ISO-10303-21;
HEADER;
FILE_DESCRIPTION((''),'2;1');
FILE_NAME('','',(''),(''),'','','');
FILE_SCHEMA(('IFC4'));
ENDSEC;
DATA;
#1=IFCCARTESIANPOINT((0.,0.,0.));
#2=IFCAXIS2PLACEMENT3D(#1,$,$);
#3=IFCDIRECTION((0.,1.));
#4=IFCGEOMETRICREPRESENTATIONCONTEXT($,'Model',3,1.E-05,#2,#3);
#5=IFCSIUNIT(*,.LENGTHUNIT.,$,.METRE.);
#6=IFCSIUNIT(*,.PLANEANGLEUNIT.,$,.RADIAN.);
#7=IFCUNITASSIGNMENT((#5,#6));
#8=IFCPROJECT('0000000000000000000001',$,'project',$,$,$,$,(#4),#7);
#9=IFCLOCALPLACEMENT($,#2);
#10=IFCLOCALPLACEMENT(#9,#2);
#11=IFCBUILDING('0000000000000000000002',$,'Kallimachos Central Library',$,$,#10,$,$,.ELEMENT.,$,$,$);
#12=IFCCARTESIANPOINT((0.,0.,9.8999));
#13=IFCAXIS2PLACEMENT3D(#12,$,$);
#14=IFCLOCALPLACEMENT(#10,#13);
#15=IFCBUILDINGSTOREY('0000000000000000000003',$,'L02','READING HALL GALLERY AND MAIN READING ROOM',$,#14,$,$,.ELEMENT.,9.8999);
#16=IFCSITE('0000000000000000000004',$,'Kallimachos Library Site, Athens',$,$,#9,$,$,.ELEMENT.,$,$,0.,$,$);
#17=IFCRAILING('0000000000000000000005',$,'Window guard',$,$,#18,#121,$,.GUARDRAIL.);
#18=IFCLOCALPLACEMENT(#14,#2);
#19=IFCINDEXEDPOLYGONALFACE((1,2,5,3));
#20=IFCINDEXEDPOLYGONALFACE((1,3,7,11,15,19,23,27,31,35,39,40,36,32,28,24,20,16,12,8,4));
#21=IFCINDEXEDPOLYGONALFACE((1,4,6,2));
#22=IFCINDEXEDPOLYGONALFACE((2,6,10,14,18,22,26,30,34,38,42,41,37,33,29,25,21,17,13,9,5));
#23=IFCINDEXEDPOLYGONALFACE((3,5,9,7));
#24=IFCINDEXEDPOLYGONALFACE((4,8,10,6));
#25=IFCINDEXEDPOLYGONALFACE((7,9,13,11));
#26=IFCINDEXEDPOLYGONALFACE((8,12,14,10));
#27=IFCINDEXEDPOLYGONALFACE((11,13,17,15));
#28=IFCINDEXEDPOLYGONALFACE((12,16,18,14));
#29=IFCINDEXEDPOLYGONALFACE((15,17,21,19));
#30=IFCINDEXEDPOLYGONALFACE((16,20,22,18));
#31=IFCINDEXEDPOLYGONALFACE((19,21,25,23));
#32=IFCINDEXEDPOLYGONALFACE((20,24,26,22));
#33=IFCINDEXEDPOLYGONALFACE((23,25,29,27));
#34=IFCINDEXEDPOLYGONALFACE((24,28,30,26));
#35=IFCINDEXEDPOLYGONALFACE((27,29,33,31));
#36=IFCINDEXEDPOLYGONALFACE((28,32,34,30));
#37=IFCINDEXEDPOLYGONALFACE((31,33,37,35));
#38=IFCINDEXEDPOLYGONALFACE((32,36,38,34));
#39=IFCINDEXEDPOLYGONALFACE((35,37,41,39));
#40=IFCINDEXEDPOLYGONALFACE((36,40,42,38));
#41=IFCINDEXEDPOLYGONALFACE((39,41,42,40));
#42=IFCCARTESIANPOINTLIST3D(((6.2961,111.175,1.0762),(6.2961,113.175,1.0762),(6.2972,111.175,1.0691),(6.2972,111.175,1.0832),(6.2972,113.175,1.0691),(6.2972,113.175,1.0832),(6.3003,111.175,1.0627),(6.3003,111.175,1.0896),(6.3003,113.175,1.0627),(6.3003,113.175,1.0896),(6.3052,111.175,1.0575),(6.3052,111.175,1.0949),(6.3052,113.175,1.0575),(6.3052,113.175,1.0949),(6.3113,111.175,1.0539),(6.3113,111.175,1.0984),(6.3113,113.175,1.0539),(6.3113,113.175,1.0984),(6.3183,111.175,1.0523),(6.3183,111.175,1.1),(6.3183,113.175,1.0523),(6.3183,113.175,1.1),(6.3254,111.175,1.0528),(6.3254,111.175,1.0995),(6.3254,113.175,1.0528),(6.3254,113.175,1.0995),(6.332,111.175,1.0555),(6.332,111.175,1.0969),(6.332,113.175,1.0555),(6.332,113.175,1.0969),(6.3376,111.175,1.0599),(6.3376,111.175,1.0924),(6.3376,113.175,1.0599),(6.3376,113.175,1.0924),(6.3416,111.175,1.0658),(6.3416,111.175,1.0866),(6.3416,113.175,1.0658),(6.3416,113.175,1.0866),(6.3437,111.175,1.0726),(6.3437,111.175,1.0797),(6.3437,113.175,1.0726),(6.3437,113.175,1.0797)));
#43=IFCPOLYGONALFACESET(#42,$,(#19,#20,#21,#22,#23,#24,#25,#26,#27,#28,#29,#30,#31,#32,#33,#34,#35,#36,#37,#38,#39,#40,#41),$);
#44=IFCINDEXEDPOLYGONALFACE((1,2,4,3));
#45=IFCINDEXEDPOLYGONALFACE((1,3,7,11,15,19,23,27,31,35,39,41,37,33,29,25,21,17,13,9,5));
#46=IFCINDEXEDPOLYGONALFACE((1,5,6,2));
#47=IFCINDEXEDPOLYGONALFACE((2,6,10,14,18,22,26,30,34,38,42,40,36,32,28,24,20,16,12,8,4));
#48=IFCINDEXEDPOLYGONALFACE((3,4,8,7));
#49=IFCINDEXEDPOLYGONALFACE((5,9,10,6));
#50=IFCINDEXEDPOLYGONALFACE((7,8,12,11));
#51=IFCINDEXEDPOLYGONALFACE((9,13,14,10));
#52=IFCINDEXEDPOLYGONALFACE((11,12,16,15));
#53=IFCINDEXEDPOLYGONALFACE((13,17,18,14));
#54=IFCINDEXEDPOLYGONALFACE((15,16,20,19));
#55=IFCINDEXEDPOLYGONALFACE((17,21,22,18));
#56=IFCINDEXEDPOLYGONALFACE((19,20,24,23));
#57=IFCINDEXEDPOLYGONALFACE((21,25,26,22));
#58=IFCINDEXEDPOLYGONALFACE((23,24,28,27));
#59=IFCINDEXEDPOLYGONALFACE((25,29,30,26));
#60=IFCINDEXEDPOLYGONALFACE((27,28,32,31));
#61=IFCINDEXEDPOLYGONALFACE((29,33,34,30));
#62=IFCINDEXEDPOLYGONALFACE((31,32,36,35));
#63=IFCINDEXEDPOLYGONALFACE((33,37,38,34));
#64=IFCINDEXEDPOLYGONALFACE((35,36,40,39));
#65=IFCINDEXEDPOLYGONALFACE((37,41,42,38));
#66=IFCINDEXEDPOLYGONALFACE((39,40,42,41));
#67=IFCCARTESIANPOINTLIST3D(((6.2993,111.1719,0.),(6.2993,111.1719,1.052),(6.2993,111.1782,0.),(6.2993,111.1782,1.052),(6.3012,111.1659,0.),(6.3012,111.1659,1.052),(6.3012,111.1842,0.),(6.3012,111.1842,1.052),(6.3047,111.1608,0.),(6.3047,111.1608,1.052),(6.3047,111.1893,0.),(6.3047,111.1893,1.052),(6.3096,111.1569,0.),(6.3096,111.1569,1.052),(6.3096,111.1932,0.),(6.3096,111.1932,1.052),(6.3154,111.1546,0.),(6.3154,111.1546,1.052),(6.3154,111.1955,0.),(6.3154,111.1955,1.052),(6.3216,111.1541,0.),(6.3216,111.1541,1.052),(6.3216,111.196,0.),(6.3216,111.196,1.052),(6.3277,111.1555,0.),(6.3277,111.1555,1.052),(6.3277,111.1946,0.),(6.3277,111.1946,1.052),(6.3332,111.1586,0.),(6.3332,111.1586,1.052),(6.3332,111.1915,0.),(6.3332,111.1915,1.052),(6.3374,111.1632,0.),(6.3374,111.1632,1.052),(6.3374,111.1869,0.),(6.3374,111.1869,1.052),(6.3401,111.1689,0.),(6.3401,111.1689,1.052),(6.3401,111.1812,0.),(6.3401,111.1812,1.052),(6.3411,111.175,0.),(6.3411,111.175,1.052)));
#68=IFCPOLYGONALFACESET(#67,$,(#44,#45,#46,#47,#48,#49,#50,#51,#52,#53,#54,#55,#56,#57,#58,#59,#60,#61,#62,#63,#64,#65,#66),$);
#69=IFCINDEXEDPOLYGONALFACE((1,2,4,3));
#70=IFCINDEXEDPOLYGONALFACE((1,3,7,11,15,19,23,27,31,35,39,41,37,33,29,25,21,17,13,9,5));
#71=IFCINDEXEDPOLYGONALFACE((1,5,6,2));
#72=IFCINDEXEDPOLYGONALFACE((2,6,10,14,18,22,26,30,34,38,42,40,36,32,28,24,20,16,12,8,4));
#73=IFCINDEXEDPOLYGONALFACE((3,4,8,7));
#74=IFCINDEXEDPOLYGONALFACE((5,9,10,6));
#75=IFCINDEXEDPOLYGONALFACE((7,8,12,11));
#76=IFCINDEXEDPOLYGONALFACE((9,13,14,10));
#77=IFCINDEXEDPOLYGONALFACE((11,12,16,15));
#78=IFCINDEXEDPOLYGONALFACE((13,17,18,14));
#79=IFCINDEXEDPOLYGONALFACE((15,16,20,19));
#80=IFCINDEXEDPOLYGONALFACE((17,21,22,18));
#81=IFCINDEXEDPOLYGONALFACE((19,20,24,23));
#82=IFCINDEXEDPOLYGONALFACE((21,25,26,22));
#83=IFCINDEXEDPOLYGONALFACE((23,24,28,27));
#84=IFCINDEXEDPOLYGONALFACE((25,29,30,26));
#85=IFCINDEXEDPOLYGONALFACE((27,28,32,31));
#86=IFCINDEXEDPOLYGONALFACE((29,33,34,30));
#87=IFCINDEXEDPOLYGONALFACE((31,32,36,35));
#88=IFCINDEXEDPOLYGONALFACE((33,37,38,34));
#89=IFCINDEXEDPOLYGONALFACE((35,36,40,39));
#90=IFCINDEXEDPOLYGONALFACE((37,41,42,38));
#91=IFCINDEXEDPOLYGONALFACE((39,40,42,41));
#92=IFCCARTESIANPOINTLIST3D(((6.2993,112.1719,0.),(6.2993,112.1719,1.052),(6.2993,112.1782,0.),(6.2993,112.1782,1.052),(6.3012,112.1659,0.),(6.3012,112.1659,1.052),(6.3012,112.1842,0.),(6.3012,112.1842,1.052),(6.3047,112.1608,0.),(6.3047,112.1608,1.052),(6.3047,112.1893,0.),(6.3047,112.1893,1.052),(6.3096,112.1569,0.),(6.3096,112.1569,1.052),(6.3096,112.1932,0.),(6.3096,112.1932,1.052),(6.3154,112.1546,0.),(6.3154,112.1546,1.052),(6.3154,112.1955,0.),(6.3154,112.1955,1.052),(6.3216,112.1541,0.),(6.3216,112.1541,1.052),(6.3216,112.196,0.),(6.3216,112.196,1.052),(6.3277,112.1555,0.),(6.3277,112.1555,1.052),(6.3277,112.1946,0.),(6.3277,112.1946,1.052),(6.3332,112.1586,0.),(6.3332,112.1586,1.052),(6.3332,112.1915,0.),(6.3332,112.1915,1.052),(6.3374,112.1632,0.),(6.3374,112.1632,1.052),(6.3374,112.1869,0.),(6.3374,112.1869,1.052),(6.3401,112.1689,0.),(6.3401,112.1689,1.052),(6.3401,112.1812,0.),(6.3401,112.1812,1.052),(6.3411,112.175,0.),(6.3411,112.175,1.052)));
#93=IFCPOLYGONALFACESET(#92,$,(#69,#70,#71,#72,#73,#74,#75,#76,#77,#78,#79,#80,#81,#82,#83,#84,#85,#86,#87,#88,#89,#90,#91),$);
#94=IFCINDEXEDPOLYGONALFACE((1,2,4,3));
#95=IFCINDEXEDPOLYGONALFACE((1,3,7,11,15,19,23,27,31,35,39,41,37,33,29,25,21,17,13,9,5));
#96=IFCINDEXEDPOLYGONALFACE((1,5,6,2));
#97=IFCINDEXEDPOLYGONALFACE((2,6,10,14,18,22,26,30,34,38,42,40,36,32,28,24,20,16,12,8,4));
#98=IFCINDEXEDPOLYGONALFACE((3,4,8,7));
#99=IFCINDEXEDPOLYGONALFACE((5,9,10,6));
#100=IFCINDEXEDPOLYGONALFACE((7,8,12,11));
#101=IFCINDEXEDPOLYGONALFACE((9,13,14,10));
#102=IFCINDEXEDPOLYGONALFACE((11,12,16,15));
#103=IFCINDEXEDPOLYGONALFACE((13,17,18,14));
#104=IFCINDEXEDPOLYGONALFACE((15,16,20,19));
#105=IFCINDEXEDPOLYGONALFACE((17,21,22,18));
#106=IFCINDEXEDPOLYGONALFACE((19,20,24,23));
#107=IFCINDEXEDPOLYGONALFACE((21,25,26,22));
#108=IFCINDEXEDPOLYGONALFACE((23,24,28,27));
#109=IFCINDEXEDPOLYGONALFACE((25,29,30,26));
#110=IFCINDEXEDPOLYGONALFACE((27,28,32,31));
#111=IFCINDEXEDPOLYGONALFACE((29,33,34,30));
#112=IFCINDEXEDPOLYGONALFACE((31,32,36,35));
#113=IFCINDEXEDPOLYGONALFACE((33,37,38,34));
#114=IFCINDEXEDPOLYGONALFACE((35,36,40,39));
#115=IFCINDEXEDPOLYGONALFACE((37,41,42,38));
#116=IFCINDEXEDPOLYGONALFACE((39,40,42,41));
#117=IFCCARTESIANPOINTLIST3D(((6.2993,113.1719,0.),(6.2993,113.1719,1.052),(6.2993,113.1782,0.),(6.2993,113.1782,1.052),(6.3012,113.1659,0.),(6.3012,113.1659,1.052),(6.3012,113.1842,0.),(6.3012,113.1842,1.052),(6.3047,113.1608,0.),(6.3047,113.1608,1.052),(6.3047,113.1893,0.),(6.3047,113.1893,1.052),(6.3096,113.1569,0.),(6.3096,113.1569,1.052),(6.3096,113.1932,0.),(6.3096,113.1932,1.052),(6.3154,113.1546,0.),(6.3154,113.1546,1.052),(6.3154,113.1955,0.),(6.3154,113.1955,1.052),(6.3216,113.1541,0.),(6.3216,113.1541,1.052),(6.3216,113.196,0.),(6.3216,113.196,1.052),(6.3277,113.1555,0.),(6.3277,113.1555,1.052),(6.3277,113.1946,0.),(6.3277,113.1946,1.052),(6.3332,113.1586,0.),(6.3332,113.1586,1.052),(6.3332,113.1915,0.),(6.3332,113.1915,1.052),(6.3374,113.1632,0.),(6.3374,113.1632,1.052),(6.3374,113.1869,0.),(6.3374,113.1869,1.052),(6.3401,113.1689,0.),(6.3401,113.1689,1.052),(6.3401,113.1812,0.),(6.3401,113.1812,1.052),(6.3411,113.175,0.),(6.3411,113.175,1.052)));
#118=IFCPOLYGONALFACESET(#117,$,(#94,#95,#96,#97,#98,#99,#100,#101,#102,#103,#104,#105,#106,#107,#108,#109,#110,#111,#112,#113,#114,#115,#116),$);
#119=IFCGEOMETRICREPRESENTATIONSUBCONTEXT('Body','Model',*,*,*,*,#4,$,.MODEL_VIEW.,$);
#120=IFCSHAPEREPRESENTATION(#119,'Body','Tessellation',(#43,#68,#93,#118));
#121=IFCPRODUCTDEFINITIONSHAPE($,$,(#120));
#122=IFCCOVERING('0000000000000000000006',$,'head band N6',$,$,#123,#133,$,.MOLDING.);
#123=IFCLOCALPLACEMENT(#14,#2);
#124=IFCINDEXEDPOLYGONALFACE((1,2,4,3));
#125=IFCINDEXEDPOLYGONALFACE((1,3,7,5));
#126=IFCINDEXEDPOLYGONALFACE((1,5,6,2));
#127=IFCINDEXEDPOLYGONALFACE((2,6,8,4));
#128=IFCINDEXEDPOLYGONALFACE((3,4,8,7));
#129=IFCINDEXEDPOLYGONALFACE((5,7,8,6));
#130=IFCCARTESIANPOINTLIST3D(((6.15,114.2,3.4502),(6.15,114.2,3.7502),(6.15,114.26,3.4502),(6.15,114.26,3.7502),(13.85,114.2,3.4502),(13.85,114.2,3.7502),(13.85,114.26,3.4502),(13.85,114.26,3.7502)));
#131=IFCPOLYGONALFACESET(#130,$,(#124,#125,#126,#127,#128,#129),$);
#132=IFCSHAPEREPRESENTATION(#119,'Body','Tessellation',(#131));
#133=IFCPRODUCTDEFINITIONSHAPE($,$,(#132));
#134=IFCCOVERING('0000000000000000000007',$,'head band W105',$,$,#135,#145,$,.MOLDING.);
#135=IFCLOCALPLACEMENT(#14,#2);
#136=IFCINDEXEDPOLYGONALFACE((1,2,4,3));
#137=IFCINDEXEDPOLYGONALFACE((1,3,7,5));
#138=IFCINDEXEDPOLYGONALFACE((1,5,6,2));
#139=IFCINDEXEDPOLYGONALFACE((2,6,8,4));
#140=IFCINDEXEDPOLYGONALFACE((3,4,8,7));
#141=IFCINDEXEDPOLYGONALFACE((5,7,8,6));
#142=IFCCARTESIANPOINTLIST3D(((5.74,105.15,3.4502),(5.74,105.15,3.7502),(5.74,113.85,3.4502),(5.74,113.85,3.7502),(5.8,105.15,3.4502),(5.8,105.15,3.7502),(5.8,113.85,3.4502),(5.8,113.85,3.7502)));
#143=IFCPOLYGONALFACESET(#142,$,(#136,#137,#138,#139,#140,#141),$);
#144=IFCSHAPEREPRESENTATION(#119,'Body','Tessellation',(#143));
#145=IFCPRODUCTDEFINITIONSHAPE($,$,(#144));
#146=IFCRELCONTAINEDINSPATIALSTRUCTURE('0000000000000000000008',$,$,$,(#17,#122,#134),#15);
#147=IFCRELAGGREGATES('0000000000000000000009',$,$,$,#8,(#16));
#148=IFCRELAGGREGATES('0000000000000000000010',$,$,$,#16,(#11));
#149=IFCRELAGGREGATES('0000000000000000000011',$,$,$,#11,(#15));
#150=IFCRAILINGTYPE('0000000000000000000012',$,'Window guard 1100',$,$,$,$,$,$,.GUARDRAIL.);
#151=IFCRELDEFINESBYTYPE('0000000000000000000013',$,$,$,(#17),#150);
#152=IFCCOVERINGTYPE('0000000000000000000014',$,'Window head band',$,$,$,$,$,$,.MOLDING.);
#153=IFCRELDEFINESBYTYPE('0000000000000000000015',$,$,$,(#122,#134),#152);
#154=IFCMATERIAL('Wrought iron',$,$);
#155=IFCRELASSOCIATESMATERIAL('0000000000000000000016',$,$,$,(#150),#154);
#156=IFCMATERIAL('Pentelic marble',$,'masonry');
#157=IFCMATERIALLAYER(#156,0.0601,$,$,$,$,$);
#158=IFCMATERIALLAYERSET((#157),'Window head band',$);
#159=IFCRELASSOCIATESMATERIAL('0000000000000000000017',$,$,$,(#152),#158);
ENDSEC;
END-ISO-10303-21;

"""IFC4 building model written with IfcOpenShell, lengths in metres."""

from ifc_helpers import new_model, si_unit, direction, frame, origin, origin_2d, place, context, subcontext, project, spatial, rectangle, circle, extrude, material, layer, layer_set, type_object, element, save


model = new_model("IFC4")

# Units and contexts
model_context = context("Model", 3, precision=1e-05, world=origin(), true_north=direction((0.0, 1.0)))
body_context = subcontext(model_context, "Body", "Model", "MODEL_VIEW")
ifc_project = project(units=[si_unit("LENGTHUNIT", "METRE"), si_unit("PLANEANGLEUNIT", "RADIAN")], contexts=[model_context])

# Site, building, storey
site_placement = place(None, origin())
site = spatial("IfcSite", under=ifc_project, at=site_placement, Name="Kallimachos Library Site, Athens", CompositionType="ELEMENT", RefElevation=0.0)
building_placement = place(site_placement, origin())
building = spatial("IfcBuilding", under=site, at=building_placement, Name="Kallimachos Central Library", CompositionType="ELEMENT")
storey_placement = place(building_placement, frame((0.0, 0.0, 9.8999)))
storey = spatial("IfcBuildingStorey", under=building, at=storey_placement, Name="L02", Description="READING HALL GALLERY AND MAIN READING ROOM", CompositionType="ELEMENT", Elevation=9.8999)

# Railing
ifc_material_1 = material(Name="Wrought iron")
railing_type = type_object("IfcRailingType", Name="Window guard 1100", PredefinedType="GUARDRAIL", material=ifc_material_1)
for number, where, name in (
    (1, (6.3201, 111.175, 0.0), "Window guard"),
):
    element("IfcRailing", number, at=place(storey_placement, frame(where)), inside=storey, type_object=railing_type, Name=name, PredefinedType="GUARDRAIL", context=body_context, shape_type="SweptSolid", body=[
        extrude(circle(Radius=0.0239, at=origin_2d()), frame((0.0, 0.0, 1.0762), z_axis=(0.0, 1.0, 0.0), x_axis=(-1.0, 0.0, 0.0)), (0.0, 0.0, 1.0), 2.0),
        extrude(circle(Radius=0.021, at=origin_2d()), origin(), (0.0, 0.0, 1.0), 1.052),
        extrude(circle(Radius=0.021, at=origin_2d()), frame((0.0, 1.0, 0.0)), (0.0, 0.0, 1.0), 1.052),
        extrude(circle(Radius=0.021, at=origin_2d()), frame((0.0, 2.0, 0.0)), (0.0, 0.0, 1.0), 1.052),
    ])

# Coverings
ifc_material_2 = material(Name="Pentelic marble", Category="masonry")
ifc_layer_1 = layer(ifc_material_2, 0.0601)
ifc_layer_set_1 = layer_set([ifc_layer_1], Name="Window head band")
covering_type_1 = type_object("IfcCoveringType", Name="Window head band", PredefinedType="MOLDING", material=ifc_layer_set_1)
covering_1_placement = place(storey_placement, frame((10.0, 114.23, 3.4502), z_axis=(0.0, 0.0, 1.0), x_axis=(1.0, 0.0, 0.0)))
element("IfcCovering", 2, at=covering_1_placement, inside=storey, type_object=covering_type_1, Name="head band N6", PredefinedType="MOLDING", context=body_context, shape_type="SweptSolid", body=[
    extrude(rectangle(XDim=7.7, YDim=0.0601, at=origin_2d()), origin(), (0.0, 0.0, 1.0), 0.3),
])
covering_2_placement = place(storey_placement, frame((5.77, 109.5, 3.4502), z_axis=(0.0, 0.0, 1.0), x_axis=(1.0, 0.0, 0.0)))
element("IfcCovering", 3, at=covering_2_placement, inside=storey, type_object=covering_type_1, Name="head band W105", PredefinedType="MOLDING", context=body_context, shape_type="SweptSolid", body=[
    extrude(rectangle(XDim=0.0601, YDim=8.7, at=origin_2d()), origin(), (0.0, 0.0, 1.0), 0.3),
])

save(model, "model.ifc")
